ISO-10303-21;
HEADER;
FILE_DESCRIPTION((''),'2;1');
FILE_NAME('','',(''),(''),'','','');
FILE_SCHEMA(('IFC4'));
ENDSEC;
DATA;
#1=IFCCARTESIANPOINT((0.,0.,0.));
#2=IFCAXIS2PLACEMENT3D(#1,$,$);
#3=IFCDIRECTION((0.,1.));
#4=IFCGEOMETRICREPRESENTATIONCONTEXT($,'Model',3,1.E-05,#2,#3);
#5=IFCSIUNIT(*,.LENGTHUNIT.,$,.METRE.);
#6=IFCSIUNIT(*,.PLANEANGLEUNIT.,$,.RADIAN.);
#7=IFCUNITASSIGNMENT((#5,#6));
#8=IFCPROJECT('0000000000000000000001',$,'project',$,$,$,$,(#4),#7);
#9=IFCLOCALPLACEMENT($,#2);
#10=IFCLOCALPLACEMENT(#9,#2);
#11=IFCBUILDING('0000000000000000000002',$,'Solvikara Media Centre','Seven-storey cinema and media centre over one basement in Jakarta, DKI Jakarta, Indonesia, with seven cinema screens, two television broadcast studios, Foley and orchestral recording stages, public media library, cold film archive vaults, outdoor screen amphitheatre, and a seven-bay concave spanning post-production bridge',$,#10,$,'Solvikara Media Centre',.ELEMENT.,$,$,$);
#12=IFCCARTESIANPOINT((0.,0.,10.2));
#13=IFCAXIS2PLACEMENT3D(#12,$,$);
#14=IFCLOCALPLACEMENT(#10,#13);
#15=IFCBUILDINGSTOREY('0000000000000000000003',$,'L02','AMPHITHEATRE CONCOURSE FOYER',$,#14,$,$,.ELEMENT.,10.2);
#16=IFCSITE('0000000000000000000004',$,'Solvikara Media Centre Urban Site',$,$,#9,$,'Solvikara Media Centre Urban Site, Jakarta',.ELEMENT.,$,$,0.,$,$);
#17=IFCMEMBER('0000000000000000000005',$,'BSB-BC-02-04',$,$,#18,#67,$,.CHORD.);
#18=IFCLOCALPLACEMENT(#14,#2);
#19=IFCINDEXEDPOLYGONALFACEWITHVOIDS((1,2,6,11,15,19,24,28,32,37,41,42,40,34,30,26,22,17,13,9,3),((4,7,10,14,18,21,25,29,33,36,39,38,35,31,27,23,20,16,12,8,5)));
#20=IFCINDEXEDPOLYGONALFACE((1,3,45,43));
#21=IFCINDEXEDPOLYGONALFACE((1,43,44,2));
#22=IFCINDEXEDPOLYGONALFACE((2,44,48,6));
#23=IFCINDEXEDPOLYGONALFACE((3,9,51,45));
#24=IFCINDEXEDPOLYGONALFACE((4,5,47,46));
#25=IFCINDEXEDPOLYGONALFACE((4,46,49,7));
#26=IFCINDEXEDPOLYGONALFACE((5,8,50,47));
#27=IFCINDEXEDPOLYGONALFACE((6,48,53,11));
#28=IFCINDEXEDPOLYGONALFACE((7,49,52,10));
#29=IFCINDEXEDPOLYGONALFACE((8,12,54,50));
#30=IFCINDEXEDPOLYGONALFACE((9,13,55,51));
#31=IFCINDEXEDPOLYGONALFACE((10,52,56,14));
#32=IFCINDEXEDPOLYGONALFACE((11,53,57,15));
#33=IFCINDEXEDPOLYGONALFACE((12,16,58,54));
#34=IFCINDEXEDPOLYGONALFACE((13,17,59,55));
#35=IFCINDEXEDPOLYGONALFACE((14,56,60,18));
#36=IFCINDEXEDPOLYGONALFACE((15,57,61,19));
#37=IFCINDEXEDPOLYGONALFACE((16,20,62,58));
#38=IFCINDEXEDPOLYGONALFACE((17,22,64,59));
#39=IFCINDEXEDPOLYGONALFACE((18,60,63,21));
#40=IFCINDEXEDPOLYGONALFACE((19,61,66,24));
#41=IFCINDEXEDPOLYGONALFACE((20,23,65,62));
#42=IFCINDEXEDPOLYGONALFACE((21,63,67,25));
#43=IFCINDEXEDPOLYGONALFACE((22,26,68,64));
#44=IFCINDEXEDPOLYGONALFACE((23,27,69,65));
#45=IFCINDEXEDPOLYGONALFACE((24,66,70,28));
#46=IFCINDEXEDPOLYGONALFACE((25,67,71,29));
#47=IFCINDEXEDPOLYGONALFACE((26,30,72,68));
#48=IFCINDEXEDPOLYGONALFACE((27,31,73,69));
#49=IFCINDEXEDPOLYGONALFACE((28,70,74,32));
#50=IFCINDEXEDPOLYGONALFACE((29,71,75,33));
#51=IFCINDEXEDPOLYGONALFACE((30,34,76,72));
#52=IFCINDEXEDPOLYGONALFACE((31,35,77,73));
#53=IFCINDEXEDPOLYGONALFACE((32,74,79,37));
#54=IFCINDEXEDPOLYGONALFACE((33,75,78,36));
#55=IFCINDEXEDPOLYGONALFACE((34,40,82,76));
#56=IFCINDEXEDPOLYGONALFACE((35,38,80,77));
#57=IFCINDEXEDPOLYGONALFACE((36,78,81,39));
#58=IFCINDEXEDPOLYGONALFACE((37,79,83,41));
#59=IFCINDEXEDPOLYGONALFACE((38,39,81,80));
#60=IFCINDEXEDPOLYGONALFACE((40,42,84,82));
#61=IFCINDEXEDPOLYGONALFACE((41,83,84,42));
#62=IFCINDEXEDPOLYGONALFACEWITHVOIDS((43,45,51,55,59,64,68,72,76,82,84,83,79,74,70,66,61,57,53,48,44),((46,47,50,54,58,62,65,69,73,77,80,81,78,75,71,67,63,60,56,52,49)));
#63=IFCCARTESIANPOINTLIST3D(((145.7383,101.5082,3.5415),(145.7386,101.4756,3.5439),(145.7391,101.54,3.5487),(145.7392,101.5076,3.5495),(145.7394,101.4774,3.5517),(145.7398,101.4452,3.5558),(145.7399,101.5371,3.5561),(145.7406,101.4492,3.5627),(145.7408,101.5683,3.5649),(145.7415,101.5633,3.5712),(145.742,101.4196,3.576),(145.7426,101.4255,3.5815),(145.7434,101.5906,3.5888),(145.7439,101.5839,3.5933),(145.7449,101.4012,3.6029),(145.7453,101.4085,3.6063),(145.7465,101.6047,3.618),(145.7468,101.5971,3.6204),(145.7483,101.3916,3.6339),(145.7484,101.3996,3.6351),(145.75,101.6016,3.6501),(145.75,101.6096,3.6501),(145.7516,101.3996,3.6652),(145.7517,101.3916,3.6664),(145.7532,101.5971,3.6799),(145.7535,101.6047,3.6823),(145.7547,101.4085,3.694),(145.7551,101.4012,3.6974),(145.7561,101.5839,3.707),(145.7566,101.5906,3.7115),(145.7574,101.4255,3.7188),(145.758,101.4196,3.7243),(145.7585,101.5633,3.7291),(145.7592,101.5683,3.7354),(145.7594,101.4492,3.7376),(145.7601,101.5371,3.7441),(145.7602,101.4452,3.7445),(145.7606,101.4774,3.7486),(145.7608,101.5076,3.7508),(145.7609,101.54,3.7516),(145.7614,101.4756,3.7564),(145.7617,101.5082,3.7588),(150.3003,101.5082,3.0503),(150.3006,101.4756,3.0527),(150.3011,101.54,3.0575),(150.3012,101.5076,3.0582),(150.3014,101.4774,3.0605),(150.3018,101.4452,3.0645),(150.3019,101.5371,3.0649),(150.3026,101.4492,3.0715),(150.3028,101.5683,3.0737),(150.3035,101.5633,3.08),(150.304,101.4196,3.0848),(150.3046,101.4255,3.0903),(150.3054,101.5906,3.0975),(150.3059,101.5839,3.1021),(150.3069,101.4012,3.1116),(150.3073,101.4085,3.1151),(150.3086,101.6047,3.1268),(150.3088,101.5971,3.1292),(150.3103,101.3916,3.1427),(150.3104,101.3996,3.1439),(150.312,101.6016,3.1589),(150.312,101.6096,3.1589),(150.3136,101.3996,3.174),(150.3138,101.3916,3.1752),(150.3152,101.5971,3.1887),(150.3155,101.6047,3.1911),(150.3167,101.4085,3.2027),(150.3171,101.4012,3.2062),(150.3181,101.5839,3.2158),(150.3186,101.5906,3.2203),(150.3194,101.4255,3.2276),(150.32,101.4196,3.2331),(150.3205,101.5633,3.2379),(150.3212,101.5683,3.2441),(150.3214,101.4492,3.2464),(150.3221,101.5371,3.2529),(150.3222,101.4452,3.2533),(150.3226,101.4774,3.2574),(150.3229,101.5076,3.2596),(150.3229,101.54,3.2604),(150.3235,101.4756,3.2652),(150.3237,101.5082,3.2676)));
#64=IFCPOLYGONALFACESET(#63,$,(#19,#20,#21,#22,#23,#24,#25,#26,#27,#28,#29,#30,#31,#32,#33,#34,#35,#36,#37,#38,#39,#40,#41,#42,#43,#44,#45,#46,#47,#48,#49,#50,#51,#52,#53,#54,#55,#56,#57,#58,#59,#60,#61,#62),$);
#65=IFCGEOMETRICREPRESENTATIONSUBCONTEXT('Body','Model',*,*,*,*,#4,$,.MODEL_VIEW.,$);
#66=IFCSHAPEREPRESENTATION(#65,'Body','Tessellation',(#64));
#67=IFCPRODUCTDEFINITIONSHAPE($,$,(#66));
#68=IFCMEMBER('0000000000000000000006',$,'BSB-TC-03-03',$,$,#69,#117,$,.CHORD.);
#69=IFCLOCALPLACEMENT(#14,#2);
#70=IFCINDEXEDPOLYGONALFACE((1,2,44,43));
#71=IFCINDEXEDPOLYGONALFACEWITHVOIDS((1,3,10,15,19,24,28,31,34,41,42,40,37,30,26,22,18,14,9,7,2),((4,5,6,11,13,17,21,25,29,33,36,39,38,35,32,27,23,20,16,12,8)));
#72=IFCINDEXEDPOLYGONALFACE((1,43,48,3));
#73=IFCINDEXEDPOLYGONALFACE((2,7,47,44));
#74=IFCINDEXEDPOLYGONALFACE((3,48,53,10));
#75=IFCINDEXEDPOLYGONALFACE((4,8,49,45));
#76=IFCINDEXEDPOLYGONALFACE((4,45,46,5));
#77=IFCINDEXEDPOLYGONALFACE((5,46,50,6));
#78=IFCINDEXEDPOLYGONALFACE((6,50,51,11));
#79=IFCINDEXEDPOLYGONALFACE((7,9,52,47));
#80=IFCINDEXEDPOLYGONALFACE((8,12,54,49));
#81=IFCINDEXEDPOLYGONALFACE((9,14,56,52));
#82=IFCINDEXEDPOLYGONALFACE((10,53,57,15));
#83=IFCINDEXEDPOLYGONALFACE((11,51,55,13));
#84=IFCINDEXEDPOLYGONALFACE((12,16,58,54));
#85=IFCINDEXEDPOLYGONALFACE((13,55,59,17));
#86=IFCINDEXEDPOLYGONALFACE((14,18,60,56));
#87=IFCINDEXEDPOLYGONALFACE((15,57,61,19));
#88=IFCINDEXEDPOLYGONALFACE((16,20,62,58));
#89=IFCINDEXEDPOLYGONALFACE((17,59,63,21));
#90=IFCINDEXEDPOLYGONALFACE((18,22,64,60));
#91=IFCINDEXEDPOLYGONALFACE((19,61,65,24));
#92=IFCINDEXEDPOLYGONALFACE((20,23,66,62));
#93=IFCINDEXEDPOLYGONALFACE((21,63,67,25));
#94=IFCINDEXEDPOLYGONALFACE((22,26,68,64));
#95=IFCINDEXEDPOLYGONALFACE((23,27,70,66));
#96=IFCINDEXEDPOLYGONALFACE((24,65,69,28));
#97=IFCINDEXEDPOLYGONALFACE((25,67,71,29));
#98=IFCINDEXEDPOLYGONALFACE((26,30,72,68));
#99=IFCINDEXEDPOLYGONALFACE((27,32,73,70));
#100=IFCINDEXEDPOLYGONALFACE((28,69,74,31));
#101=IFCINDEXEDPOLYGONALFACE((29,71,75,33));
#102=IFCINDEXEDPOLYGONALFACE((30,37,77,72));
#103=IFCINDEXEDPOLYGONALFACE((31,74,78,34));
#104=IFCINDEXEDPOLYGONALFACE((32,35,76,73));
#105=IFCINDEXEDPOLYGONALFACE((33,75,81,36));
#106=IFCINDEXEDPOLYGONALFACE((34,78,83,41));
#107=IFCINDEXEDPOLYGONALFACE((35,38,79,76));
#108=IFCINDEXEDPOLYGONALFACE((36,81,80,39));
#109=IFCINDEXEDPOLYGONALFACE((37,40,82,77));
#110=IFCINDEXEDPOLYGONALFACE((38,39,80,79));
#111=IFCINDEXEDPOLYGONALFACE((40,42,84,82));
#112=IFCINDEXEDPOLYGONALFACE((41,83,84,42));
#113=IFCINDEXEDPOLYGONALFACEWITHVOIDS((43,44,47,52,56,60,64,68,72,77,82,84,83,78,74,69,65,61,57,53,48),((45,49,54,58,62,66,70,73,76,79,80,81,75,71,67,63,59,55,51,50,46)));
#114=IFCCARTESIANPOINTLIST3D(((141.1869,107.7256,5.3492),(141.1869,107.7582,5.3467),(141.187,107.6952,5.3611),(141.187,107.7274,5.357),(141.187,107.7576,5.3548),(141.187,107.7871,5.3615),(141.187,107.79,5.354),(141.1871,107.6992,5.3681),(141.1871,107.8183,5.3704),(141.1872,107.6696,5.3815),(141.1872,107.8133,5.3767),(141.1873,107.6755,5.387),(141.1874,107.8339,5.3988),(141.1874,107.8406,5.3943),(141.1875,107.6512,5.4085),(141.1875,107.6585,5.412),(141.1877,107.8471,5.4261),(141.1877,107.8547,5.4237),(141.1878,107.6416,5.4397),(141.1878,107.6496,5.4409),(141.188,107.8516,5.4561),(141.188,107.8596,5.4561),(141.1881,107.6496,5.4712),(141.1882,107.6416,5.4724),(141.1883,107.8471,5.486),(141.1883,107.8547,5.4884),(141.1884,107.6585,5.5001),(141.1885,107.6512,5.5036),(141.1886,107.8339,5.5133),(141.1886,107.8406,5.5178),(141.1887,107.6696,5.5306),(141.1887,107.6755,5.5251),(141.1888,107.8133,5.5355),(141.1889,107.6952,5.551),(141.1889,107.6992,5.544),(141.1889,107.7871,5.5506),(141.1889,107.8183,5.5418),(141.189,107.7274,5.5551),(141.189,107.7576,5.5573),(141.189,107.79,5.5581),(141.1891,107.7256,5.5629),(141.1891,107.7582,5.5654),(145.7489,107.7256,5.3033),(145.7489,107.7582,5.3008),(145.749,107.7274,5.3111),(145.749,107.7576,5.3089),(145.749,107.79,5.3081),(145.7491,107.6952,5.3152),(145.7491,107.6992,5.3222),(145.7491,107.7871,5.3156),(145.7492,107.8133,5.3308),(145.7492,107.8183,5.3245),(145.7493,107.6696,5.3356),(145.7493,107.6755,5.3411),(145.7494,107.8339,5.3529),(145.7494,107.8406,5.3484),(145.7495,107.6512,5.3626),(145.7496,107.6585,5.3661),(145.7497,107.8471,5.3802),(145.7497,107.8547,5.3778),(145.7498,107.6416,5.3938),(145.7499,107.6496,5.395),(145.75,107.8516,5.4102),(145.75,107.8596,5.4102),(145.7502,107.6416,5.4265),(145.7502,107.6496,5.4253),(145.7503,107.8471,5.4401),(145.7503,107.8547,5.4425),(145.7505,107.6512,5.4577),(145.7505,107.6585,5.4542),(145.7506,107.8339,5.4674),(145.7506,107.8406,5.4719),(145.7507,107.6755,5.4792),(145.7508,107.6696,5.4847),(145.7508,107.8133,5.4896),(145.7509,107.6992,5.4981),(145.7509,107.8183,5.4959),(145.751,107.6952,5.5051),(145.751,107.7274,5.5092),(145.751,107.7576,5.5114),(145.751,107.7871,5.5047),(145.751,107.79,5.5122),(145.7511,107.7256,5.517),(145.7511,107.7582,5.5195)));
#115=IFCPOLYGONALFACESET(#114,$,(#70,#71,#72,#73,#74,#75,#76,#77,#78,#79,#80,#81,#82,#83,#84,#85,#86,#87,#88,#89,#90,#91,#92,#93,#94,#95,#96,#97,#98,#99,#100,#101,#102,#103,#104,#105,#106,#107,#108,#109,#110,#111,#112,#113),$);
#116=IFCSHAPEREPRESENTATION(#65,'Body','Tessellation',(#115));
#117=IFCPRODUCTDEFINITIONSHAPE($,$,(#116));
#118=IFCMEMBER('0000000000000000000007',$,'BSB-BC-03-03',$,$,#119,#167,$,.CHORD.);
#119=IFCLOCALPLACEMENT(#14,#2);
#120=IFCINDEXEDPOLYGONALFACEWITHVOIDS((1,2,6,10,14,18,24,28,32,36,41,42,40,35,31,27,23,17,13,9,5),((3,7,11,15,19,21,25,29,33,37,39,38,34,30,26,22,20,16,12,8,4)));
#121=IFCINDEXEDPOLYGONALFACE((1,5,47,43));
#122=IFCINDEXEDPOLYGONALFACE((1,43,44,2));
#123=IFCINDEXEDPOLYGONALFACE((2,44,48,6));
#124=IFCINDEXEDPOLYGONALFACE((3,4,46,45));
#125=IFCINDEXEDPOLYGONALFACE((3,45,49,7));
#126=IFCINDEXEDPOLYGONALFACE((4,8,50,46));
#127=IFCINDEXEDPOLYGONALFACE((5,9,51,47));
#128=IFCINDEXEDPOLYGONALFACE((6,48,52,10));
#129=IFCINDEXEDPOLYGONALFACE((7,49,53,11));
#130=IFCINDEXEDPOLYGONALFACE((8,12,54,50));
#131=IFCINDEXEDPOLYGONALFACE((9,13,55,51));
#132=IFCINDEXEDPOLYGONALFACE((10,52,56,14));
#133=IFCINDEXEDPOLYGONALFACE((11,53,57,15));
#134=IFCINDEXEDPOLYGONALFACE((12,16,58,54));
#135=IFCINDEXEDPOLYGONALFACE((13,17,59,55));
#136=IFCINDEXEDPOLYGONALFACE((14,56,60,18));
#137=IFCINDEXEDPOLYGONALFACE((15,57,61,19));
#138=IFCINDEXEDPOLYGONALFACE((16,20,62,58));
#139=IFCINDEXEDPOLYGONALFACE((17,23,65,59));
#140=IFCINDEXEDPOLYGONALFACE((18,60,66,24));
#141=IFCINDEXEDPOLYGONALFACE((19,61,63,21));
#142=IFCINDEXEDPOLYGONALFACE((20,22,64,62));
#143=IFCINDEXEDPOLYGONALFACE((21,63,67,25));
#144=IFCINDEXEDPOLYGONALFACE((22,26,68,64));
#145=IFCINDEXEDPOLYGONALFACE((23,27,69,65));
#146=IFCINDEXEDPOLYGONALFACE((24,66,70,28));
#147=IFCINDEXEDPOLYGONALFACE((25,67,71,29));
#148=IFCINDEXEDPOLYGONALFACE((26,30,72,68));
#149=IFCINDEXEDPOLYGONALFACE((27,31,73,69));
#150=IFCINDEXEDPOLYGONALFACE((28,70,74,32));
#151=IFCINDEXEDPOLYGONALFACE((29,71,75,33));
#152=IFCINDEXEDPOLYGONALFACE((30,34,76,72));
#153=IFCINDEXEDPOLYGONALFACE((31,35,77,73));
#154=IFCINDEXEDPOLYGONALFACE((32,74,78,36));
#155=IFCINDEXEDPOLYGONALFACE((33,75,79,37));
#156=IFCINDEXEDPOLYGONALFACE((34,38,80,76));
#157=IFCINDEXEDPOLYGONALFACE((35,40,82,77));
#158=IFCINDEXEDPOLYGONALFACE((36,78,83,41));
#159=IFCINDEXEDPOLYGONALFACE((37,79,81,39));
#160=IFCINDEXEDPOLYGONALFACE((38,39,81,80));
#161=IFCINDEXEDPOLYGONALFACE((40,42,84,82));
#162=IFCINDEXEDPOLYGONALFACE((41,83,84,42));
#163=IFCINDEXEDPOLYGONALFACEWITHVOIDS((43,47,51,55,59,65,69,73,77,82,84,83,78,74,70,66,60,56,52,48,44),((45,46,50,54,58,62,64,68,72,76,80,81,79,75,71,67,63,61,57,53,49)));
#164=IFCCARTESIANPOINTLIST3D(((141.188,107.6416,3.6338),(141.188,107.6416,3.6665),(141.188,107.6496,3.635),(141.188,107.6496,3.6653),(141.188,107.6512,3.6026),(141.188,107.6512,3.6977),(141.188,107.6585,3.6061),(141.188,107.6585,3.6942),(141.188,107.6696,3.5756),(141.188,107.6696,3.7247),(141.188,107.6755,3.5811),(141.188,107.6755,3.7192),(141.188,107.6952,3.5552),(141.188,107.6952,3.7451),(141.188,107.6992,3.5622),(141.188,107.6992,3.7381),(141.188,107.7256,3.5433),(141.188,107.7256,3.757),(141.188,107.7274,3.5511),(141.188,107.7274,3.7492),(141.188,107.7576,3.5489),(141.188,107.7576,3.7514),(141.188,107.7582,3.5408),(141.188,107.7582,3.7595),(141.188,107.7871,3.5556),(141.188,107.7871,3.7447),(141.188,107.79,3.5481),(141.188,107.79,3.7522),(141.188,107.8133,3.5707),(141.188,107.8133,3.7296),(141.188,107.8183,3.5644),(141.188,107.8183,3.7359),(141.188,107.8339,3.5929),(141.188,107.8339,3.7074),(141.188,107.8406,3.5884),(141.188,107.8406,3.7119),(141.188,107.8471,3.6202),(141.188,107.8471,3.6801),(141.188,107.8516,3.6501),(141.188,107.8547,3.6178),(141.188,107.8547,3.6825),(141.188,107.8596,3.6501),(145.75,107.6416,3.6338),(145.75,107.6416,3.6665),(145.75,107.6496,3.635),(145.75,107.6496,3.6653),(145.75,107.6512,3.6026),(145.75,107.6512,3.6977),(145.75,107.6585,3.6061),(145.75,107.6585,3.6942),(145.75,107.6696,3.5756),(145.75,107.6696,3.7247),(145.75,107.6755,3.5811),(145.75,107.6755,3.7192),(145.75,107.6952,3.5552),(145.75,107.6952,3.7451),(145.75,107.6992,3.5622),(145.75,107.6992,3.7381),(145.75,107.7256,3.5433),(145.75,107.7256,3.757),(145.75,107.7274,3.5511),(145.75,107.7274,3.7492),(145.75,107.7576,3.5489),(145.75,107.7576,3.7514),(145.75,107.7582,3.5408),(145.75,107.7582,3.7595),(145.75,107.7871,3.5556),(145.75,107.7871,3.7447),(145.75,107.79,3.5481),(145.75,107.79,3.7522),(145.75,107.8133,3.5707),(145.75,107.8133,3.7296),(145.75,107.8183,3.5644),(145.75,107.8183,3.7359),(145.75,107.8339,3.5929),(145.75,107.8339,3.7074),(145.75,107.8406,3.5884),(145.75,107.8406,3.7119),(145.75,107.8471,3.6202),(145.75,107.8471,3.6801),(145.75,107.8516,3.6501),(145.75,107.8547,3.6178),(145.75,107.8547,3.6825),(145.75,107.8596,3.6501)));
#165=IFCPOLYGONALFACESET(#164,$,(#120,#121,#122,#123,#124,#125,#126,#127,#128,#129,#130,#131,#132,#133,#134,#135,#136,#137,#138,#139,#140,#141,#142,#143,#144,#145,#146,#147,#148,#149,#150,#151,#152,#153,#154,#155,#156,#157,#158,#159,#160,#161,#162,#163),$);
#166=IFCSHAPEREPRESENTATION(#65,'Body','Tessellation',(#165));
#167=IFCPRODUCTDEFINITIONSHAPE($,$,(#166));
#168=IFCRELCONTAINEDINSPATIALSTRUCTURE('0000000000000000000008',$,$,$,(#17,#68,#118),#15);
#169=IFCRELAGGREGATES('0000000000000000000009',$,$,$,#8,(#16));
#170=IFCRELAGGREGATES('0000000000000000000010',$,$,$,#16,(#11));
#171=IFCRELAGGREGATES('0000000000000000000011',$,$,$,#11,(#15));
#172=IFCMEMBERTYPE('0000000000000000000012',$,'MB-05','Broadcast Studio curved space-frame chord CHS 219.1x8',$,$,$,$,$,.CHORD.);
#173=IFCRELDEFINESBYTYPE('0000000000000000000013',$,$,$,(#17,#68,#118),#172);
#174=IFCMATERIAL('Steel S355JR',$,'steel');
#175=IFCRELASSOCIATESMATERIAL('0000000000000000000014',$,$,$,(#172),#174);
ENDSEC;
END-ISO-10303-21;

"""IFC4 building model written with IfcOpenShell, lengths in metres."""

from ifc_helpers import new_model, si_unit, direction, frame, origin, origin_2d, place, context, subcontext, project, spatial, hollow_circle, extrude, material, material_profile, profile_set, type_object, element, save


model = new_model("IFC4")

# Units and contexts
model_context = context("Model", 3, precision=1e-05, world=origin(), true_north=direction((0.0, 1.0)))
body_context = subcontext(model_context, "Body", "Model", "MODEL_VIEW")
ifc_project = project(units=[si_unit("LENGTHUNIT", "METRE"), si_unit("PLANEANGLEUNIT", "RADIAN")], contexts=[model_context])

# Site, building, storey
site_placement = place(None, origin())
site = spatial("IfcSite", under=ifc_project, at=site_placement, Name="Solvikara Media Centre Urban Site", LongName="Solvikara Media Centre Urban Site, Jakarta", CompositionType="ELEMENT", RefElevation=0.0)
building_placement = place(site_placement, origin())
building = spatial("IfcBuilding", under=site, at=building_placement, Name="Solvikara Media Centre", Description="Seven-storey cinema and media centre over one basement in Jakarta, DKI Jakarta, Indonesia, with seven cinema screens, two television broadcast studios, Foley and orchestral recording stages, public media library, cold film archive vaults, outdoor screen amphitheatre, and a seven-bay concave spanning post-production bridge", LongName="Solvikara Media Centre", CompositionType="ELEMENT")
storey_placement = place(building_placement, frame((0.0, 0.0, 10.2)))
storey = spatial("IfcBuildingStorey", under=building, at=storey_placement, Name="L02", Description="AMPHITHEATRE CONCOURSE FOYER", CompositionType="ELEMENT", Elevation=10.2)

# Members
ifc_material_1 = material(Name="Steel S355JR", Category="steel")
ifc_material_profile_1 = material_profile(ifc_material_1, hollow_circle(Radius=0.1096, WallThickness=0.0081, at=origin_2d()), Name="CHS 219.1x8")
ifc_profile_set_1 = profile_set([ifc_material_profile_1], Name="Steel S355JR")
member_type_1 = type_object("IfcMemberType", Name="MB-05", Description="Broadcast Studio curved space-frame chord CHS 219.1x8", PredefinedType="CHORD", material=ifc_profile_set_1)
member_1_placement = place(storey_placement, frame((145.75, 101.5, 3.6501), z_axis=(0.994253, 0.0, -0.107055), x_axis=(0.0, 1.0, 0.0)))
element("IfcMember", 1, at=member_1_placement, inside=storey, type_object=member_type_1, Name="BSB-BC-02-04", PredefinedType="CHORD", context=body_context, shape_type="SweptSolid", body=[
    extrude(hollow_circle(Radius=0.1096, WallThickness=0.0081, at=origin_2d()), origin(), (0.0, 0.0, 1.0), 4.5884),
])
member_2_placement = place(storey_placement, frame((141.188, 107.75, 5.4561), z_axis=(0.999949, 0.0, -0.01006), x_axis=(0.0, 1.0, 0.0)))
element("IfcMember", 2, at=member_2_placement, inside=storey, type_object=member_type_1, Name="BSB-TC-03-03", PredefinedType="CHORD", context=body_context, shape_type="SweptSolid", body=[
    extrude(hollow_circle(Radius=0.1096, WallThickness=0.0081, at=origin_2d()), origin(), (0.0, 0.0, 1.0), 4.5623),
])
member_3_placement = place(storey_placement, frame((141.188, 107.75, 3.6501), z_axis=(1.0, 0.0, 0.0), x_axis=(0.0, 1.0, 0.0)))
element("IfcMember", 3, at=member_3_placement, inside=storey, type_object=member_type_1, Name="BSB-BC-03-03", PredefinedType="CHORD", context=body_context, shape_type="SweptSolid", body=[
    extrude(hollow_circle(Radius=0.1096, WallThickness=0.0081, at=origin_2d()), origin(), (0.0, 0.0, 1.0), 4.562),
])

save(model, "model.ifc")
